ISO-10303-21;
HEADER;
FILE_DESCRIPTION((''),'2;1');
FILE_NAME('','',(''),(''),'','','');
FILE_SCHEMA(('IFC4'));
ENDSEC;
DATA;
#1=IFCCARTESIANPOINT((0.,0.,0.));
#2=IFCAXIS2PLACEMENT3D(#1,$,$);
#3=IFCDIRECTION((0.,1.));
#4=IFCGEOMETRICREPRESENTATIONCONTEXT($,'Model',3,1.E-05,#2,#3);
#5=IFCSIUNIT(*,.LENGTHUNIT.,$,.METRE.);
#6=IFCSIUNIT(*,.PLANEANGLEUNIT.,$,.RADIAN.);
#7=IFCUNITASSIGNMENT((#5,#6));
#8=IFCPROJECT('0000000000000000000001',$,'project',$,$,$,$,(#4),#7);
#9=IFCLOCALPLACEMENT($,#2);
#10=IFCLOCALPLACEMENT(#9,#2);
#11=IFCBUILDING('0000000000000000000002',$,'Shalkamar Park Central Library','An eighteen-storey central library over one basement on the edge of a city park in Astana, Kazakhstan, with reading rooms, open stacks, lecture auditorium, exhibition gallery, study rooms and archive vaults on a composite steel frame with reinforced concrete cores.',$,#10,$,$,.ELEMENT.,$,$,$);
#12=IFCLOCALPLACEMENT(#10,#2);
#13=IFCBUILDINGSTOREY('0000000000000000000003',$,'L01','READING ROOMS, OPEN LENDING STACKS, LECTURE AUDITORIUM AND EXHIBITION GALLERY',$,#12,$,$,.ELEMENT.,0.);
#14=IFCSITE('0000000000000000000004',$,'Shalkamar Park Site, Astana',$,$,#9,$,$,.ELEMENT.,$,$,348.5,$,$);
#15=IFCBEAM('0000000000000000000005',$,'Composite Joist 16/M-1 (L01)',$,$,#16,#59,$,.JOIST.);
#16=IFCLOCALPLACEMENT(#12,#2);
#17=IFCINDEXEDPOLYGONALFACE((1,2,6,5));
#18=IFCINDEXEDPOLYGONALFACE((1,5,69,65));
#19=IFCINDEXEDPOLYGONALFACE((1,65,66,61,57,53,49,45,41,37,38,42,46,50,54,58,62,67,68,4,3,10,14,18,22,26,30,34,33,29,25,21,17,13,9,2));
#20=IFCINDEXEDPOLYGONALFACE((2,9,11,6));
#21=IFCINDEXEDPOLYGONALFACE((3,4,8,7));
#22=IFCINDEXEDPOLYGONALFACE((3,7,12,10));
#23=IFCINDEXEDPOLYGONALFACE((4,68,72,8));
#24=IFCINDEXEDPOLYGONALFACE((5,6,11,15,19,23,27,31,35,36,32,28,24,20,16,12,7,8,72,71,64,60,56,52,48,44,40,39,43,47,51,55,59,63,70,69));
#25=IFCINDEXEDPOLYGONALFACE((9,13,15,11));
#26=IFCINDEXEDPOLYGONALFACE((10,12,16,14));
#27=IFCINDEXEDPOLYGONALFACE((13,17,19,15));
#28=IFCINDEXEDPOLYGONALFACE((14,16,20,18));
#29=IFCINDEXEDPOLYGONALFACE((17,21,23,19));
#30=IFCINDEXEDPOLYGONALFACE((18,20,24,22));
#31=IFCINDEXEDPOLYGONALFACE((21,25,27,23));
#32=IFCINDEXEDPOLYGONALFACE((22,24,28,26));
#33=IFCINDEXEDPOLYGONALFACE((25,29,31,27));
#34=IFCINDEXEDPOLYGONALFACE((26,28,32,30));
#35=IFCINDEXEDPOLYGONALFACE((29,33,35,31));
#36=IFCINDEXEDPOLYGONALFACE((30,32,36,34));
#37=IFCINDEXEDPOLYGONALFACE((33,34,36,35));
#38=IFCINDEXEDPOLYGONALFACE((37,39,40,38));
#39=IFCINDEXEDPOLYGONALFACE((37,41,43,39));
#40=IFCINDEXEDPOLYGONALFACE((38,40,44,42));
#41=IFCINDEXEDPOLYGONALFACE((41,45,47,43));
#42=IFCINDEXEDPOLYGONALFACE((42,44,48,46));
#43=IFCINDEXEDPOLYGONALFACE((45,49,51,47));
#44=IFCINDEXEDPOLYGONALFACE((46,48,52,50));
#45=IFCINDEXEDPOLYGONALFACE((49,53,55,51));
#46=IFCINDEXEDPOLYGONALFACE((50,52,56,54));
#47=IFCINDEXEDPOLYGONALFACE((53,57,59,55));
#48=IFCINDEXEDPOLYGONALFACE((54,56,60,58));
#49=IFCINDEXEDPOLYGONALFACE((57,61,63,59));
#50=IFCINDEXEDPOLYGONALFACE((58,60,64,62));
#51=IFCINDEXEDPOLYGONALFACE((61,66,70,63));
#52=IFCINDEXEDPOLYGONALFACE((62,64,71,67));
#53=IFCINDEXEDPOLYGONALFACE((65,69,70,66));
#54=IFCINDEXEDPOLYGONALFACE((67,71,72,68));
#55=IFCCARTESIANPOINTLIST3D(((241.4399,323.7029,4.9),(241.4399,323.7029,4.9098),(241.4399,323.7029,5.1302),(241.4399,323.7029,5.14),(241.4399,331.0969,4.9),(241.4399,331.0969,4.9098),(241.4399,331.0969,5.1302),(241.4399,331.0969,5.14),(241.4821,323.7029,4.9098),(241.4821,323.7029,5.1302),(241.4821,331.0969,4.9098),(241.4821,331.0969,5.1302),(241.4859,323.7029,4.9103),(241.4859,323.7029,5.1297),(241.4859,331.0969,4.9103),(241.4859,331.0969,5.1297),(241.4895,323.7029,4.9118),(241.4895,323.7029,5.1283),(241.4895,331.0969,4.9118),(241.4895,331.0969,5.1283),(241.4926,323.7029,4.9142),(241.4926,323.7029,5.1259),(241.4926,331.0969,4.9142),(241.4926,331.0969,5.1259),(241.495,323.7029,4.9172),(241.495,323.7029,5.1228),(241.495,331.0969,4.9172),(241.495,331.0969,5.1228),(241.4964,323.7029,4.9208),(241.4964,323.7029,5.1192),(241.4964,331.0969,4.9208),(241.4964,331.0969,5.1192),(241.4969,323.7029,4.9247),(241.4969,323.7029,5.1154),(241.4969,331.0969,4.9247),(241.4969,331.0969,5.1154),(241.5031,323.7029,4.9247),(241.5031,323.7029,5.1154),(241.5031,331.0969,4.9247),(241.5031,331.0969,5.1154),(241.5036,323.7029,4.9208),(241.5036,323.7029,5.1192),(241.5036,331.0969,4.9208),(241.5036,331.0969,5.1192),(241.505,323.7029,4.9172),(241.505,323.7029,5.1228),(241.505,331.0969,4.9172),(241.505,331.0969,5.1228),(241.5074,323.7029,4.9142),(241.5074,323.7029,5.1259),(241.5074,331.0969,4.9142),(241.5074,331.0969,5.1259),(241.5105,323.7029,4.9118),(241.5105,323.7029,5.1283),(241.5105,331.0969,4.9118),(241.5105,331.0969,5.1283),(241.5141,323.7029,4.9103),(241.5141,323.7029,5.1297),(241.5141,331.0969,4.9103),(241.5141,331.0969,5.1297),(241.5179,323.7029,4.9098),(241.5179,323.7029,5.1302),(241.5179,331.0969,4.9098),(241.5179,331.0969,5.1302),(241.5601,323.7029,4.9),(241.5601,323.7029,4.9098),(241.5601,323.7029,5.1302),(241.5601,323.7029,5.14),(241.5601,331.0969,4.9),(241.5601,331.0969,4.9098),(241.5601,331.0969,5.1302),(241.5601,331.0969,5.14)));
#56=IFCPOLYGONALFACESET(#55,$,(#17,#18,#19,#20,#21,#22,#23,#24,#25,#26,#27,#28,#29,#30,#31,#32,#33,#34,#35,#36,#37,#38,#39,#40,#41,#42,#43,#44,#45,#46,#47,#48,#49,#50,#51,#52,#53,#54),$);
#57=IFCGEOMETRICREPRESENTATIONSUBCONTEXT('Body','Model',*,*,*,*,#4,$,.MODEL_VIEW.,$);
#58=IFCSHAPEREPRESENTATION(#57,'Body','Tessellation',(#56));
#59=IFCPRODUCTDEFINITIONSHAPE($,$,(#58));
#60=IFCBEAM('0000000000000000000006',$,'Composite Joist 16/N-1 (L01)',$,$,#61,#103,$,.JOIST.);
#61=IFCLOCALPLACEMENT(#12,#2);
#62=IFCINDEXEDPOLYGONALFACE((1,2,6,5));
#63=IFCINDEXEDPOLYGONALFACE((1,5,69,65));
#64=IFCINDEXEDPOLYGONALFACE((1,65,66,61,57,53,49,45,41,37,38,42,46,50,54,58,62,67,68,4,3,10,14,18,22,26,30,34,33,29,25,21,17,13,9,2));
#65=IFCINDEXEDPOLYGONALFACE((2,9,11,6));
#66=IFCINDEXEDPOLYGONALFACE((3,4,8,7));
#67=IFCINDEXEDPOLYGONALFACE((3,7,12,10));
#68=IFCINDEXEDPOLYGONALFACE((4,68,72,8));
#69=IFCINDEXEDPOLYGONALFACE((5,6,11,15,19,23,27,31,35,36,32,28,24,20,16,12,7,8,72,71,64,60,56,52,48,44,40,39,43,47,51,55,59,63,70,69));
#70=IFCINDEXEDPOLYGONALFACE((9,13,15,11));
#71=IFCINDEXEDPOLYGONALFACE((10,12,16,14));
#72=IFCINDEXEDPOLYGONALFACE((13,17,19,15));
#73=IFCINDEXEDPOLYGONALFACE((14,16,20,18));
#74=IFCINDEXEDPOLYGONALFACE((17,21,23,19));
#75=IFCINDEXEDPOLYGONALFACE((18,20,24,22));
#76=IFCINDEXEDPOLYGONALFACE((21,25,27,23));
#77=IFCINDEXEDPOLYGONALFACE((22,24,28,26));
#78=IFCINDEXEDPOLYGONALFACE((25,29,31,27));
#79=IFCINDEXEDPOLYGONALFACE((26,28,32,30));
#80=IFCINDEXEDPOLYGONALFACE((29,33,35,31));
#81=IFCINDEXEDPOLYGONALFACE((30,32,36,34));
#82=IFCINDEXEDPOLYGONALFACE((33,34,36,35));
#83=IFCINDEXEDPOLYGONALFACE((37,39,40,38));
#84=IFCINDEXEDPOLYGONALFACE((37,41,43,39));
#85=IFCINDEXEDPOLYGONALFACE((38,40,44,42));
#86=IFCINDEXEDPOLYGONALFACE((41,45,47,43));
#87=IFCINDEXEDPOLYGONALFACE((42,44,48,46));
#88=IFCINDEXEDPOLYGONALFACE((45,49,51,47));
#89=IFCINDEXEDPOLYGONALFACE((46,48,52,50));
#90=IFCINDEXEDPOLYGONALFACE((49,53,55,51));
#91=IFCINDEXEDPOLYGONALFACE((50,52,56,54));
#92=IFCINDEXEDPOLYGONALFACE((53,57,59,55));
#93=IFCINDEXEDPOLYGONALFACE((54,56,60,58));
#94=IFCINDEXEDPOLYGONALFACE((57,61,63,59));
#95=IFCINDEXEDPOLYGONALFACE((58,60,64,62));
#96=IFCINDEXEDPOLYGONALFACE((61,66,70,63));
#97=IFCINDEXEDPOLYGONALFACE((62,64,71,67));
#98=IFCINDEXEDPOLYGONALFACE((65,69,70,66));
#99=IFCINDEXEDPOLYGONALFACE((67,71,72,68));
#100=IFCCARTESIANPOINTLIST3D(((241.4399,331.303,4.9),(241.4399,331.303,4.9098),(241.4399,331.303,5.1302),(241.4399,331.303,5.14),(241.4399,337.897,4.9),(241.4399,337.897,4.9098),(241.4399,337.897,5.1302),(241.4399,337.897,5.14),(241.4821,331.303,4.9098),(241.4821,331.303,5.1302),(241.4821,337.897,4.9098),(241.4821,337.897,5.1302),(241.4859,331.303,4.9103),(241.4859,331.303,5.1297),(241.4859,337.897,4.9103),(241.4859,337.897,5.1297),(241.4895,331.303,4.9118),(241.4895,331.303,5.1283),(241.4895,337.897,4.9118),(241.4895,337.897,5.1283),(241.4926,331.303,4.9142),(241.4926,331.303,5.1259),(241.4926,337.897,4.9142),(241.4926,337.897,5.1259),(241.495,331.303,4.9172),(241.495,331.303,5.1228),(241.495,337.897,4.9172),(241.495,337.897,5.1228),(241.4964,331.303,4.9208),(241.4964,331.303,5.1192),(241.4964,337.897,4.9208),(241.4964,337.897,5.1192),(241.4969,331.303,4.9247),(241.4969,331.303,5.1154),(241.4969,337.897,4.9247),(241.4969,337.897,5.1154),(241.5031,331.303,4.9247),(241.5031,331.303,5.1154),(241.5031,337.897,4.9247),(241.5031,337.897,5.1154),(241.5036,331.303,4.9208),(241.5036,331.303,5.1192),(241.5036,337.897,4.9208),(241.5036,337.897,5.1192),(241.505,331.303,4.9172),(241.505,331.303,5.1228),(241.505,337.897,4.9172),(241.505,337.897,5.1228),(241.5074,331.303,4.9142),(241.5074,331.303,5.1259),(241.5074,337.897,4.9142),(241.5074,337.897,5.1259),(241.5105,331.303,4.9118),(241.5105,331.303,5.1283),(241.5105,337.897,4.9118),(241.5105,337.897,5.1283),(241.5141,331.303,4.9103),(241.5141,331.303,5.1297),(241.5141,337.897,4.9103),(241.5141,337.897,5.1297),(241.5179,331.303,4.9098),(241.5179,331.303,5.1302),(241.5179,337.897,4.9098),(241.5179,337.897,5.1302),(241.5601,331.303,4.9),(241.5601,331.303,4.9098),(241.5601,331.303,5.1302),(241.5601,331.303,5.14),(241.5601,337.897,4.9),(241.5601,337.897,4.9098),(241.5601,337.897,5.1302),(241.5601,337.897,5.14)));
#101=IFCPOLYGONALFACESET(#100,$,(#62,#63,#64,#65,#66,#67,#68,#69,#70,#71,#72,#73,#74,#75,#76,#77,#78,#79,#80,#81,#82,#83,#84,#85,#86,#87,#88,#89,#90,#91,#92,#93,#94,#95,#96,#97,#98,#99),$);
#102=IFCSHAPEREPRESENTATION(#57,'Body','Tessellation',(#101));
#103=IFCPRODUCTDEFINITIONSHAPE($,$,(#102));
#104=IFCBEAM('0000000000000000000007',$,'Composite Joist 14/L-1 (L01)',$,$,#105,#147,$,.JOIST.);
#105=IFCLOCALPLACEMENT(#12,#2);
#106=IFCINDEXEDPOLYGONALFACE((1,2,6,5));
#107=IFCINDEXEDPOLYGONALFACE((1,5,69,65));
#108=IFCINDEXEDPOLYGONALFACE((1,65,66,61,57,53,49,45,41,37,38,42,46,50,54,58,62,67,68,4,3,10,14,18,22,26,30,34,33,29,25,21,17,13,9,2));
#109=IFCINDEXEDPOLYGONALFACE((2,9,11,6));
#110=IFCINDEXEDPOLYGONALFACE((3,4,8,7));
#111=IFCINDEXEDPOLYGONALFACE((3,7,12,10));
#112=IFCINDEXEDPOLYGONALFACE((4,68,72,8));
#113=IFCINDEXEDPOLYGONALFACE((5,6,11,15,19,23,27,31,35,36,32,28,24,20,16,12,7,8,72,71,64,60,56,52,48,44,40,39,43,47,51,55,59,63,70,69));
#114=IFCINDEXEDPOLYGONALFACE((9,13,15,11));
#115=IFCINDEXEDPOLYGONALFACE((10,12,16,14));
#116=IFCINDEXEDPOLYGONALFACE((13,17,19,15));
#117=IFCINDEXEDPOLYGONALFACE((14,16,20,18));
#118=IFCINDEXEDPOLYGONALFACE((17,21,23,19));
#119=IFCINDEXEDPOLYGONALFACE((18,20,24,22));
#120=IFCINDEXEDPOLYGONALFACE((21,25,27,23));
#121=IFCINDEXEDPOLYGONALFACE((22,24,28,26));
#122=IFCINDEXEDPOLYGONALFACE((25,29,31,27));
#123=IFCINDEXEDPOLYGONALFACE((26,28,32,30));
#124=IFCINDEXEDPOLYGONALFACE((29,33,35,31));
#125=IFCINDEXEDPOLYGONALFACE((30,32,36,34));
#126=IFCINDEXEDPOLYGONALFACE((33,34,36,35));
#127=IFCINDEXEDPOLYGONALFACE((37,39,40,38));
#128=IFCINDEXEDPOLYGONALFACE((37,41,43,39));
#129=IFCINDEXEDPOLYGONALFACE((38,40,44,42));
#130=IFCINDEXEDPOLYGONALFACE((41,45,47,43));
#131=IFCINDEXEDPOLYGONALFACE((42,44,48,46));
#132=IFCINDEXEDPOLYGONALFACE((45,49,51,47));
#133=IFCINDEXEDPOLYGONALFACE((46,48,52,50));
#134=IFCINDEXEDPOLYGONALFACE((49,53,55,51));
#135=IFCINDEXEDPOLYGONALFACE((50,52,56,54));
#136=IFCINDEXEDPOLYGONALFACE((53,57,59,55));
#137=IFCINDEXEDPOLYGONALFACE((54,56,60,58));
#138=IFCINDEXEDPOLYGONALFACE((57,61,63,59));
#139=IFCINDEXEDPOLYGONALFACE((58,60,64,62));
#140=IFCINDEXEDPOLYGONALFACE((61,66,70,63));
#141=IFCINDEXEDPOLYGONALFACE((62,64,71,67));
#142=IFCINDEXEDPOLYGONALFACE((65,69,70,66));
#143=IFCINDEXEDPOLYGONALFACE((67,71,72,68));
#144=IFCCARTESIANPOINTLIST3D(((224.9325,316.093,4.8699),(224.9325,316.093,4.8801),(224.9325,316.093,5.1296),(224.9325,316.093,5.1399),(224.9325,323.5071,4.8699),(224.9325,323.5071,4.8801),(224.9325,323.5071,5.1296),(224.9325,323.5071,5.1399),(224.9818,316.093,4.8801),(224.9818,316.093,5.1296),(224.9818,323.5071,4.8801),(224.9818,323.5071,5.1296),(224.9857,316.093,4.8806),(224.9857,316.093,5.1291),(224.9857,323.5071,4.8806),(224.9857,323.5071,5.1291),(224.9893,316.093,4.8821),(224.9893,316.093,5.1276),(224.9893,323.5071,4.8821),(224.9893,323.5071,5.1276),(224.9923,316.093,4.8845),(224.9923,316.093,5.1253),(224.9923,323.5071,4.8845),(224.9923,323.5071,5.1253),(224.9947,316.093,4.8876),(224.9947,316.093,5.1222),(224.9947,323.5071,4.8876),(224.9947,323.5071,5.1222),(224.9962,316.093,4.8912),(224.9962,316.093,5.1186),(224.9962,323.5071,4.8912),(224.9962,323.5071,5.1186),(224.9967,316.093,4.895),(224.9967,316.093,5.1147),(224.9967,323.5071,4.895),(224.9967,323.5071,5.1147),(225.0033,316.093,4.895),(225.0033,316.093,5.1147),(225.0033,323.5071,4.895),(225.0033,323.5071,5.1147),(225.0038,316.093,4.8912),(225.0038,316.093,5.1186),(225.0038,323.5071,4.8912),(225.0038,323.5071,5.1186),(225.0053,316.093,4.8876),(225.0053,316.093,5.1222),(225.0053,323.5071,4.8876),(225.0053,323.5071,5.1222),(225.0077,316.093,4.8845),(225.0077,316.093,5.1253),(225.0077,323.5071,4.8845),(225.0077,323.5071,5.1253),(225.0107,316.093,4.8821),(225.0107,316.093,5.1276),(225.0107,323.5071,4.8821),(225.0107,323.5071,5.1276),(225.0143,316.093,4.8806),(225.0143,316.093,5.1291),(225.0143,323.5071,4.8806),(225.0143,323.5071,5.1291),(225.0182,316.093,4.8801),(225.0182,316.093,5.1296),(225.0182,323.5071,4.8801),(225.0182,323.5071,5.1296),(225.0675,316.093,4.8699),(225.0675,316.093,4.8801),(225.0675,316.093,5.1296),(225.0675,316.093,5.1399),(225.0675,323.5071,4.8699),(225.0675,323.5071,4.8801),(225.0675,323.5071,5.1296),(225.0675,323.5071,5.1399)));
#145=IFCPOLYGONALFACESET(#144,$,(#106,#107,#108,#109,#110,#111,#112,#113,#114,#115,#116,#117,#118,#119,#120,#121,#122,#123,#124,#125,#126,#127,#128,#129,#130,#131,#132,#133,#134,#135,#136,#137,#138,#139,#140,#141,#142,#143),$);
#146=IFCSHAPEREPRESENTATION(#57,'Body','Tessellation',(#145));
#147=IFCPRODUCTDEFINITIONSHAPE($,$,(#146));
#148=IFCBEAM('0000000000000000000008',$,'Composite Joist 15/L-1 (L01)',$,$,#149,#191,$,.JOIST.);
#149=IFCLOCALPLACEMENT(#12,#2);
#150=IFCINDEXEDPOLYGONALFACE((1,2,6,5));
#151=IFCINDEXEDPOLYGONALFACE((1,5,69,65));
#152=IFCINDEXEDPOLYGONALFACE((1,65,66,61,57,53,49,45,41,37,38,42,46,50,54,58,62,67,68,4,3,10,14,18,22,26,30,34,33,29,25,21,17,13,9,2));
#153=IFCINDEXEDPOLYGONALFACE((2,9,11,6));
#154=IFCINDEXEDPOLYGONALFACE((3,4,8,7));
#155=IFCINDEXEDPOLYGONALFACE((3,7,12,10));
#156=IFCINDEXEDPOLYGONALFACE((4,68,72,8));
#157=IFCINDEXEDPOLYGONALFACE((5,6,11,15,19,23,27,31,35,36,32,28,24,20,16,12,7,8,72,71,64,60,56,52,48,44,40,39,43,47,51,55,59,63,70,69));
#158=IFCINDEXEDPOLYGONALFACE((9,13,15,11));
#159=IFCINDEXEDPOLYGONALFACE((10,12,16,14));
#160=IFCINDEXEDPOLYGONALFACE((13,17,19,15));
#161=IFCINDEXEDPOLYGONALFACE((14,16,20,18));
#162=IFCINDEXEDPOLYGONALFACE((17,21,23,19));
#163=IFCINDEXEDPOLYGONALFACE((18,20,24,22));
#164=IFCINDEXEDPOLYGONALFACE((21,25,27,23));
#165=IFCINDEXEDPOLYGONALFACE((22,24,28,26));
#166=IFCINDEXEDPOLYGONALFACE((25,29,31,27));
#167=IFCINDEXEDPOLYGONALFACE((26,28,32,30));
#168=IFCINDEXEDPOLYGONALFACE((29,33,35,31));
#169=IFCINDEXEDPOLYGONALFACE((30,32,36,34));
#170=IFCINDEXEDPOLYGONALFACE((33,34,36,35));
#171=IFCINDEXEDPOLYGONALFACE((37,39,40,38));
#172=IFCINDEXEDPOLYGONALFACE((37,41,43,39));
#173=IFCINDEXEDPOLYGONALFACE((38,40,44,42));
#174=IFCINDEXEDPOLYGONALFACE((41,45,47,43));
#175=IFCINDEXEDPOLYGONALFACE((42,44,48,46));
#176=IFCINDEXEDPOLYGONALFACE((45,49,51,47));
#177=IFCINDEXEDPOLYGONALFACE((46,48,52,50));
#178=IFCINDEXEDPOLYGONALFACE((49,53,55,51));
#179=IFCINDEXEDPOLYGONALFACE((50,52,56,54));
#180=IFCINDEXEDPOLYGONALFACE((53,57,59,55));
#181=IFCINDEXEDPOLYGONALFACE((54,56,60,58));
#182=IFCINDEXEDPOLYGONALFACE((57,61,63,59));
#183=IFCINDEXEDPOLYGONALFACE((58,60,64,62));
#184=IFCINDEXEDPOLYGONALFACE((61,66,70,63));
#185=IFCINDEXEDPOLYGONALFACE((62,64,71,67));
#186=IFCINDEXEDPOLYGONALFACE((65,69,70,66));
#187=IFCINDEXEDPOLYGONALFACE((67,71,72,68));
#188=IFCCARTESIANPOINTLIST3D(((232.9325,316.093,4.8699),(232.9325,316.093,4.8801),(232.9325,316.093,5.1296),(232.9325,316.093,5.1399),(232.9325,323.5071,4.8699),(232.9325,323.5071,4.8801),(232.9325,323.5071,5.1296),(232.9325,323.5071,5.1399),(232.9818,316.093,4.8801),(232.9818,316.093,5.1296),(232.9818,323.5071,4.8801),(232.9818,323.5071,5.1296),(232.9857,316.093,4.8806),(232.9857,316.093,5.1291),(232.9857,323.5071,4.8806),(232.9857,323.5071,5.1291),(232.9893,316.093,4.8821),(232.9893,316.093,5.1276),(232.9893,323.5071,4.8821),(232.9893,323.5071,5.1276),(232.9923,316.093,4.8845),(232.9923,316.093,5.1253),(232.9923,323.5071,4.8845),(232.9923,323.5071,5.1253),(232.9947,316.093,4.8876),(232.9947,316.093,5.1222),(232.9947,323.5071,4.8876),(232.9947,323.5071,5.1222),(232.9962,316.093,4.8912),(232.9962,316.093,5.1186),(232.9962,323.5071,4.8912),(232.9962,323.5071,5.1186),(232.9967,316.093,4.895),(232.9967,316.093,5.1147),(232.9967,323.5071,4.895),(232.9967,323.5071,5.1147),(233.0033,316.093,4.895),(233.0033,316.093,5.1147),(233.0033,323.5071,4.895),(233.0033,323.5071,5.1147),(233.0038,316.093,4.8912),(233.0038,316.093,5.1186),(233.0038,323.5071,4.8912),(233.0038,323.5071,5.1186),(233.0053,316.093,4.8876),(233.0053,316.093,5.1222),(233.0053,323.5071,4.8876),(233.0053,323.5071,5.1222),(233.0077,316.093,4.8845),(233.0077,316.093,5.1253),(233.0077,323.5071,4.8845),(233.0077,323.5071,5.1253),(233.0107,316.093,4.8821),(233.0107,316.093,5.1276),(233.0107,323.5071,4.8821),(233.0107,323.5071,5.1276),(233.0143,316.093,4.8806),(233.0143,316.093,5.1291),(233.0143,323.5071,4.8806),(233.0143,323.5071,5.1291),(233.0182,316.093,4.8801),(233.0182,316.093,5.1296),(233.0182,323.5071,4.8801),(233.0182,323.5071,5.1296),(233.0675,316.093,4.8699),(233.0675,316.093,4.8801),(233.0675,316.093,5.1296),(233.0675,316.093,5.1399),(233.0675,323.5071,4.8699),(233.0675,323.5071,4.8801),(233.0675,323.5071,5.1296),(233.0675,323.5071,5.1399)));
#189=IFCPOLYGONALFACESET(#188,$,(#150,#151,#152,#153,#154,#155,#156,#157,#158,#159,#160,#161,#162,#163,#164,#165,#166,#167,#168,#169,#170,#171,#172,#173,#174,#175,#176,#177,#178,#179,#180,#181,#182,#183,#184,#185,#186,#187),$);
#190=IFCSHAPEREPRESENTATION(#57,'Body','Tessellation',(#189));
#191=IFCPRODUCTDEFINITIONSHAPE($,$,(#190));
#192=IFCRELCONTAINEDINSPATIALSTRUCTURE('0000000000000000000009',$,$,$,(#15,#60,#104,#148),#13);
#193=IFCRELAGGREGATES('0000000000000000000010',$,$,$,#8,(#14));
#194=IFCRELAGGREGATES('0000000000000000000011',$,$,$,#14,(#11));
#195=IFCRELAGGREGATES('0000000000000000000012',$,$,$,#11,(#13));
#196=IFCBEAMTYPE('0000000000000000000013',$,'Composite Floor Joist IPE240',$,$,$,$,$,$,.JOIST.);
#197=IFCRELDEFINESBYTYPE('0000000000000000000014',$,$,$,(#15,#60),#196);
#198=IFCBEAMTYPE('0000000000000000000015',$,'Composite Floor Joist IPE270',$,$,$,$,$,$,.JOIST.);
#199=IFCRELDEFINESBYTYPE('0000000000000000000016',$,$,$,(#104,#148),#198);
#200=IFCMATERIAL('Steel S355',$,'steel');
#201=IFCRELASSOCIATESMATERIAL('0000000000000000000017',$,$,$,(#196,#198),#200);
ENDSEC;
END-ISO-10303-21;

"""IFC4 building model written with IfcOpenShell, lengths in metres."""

from ifc_helpers import new_model, si_unit, direction, frame, origin, origin_2d, place, context, subcontext, project, spatial, i_section, extrude, material, material_profile, profile_set, type_object, element, save


model = new_model("IFC4")

# Units and contexts
model_context = context("Model", 3, precision=1e-05, world=origin(), true_north=direction((0.0, 1.0)))
body_context = subcontext(model_context, "Body", "Model", "MODEL_VIEW")
ifc_project = project(units=[si_unit("LENGTHUNIT", "METRE"), si_unit("PLANEANGLEUNIT", "RADIAN")], contexts=[model_context])

# Site, building, storey
site_placement = place(None, origin())
site = spatial("IfcSite", under=ifc_project, at=site_placement, Name="Shalkamar Park Site, Astana", CompositionType="ELEMENT", RefElevation=348.5)
building_placement = place(site_placement, origin())
building = spatial("IfcBuilding", under=site, at=building_placement, Name="Shalkamar Park Central Library", Description="An eighteen-storey central library over one basement on the edge of a city park in Astana, Kazakhstan, with reading rooms, open stacks, lecture auditorium, exhibition gallery, study rooms and archive vaults on a composite steel frame with reinforced concrete cores.", CompositionType="ELEMENT")
storey_placement = place(building_placement, origin())
storey = spatial("IfcBuildingStorey", under=building, at=storey_placement, Name="L01", Description="READING ROOMS, OPEN LENDING STACKS, LECTURE AUDITORIUM AND EXHIBITION GALLERY", CompositionType="ELEMENT", Elevation=0.0)

# Shared definitions
ifc_material = material(Name="Steel S355", Category="steel")

# Beams
ifc_material_profile_1 = material_profile(ifc_material, i_section(OverallWidth=0.1201, OverallDepth=0.24, WebThickness=0.0061, FlangeThickness=0.0098, FilletRadius=0.0149, at=origin_2d()), Name="IPE 240")
ifc_profile_set_1 = profile_set([ifc_material_profile_1], Name="Steel S355")
beam_type_1 = type_object("IfcBeamType", Name="Composite Floor Joist IPE240", PredefinedType="JOIST", material=ifc_profile_set_1)
beam_1_placement = place(storey_placement, frame((241.5, 323.7029, 5.02), z_axis=(0.0, 1.0, 0.0), x_axis=(-1.0, 0.0, 0.0)))
element("IfcBeam", 1, at=beam_1_placement, inside=storey, type_object=beam_type_1, Name="Composite Joist 16/M-1 (L01)", PredefinedType="JOIST", context=body_context, shape_type="SweptSolid", body=[
    extrude(i_section(OverallWidth=0.1201, OverallDepth=0.24, WebThickness=0.0061, FlangeThickness=0.0098, FilletRadius=0.0149, at=origin_2d()), origin(), (0.0, 0.0, 1.0), 7.394),
])
beam_2_placement = place(storey_placement, frame((241.5, 331.303, 5.02), z_axis=(0.0, 1.0, 0.0), x_axis=(-1.0, 0.0, 0.0)))
element("IfcBeam", 2, at=beam_2_placement, inside=storey, type_object=beam_type_1, Name="Composite Joist 16/N-1 (L01)", PredefinedType="JOIST", context=body_context, shape_type="SweptSolid", body=[
    extrude(i_section(OverallWidth=0.1201, OverallDepth=0.24, WebThickness=0.0061, FlangeThickness=0.0098, FilletRadius=0.0149, at=origin_2d()), origin(), (0.0, 0.0, 1.0), 6.594),
])
ifc_material_profile_2 = material_profile(ifc_material, i_section(OverallWidth=0.135, OverallDepth=0.27, WebThickness=0.0066, FlangeThickness=0.0103, FilletRadius=0.0149, at=origin_2d()), Name="IPE 270")
ifc_profile_set_2 = profile_set([ifc_material_profile_2], Name="Steel S355")
beam_type_2 = type_object("IfcBeamType", Name="Composite Floor Joist IPE270", PredefinedType="JOIST", material=ifc_profile_set_2)
for number, where, z_axis, x_axis, name in (
    (3, (225.0, 316.093, 5.0049), (0.0, 1.0, 0.0), (-1.0, 0.0, 0.0), "Composite Joist 14/L-1 (L01)"),
    (4, (233.0, 316.093, 5.0049), (0.0, 1.0, 0.0), (-1.0, 0.0, 0.0), "Composite Joist 15/L-1 (L01)"),
):
    element("IfcBeam", number, at=place(storey_placement, frame(where, z_axis=z_axis, x_axis=x_axis)), inside=storey, type_object=beam_type_2, Name=name, PredefinedType="JOIST", context=body_context, shape_type="SweptSolid", body=[
        extrude(i_section(OverallWidth=0.135, OverallDepth=0.27, WebThickness=0.0066, FlangeThickness=0.0103, FilletRadius=0.0149, at=origin_2d()), origin(), (0.0, 0.0, 1.0), 7.4141),
    ])

save(model, "model.ifc")
